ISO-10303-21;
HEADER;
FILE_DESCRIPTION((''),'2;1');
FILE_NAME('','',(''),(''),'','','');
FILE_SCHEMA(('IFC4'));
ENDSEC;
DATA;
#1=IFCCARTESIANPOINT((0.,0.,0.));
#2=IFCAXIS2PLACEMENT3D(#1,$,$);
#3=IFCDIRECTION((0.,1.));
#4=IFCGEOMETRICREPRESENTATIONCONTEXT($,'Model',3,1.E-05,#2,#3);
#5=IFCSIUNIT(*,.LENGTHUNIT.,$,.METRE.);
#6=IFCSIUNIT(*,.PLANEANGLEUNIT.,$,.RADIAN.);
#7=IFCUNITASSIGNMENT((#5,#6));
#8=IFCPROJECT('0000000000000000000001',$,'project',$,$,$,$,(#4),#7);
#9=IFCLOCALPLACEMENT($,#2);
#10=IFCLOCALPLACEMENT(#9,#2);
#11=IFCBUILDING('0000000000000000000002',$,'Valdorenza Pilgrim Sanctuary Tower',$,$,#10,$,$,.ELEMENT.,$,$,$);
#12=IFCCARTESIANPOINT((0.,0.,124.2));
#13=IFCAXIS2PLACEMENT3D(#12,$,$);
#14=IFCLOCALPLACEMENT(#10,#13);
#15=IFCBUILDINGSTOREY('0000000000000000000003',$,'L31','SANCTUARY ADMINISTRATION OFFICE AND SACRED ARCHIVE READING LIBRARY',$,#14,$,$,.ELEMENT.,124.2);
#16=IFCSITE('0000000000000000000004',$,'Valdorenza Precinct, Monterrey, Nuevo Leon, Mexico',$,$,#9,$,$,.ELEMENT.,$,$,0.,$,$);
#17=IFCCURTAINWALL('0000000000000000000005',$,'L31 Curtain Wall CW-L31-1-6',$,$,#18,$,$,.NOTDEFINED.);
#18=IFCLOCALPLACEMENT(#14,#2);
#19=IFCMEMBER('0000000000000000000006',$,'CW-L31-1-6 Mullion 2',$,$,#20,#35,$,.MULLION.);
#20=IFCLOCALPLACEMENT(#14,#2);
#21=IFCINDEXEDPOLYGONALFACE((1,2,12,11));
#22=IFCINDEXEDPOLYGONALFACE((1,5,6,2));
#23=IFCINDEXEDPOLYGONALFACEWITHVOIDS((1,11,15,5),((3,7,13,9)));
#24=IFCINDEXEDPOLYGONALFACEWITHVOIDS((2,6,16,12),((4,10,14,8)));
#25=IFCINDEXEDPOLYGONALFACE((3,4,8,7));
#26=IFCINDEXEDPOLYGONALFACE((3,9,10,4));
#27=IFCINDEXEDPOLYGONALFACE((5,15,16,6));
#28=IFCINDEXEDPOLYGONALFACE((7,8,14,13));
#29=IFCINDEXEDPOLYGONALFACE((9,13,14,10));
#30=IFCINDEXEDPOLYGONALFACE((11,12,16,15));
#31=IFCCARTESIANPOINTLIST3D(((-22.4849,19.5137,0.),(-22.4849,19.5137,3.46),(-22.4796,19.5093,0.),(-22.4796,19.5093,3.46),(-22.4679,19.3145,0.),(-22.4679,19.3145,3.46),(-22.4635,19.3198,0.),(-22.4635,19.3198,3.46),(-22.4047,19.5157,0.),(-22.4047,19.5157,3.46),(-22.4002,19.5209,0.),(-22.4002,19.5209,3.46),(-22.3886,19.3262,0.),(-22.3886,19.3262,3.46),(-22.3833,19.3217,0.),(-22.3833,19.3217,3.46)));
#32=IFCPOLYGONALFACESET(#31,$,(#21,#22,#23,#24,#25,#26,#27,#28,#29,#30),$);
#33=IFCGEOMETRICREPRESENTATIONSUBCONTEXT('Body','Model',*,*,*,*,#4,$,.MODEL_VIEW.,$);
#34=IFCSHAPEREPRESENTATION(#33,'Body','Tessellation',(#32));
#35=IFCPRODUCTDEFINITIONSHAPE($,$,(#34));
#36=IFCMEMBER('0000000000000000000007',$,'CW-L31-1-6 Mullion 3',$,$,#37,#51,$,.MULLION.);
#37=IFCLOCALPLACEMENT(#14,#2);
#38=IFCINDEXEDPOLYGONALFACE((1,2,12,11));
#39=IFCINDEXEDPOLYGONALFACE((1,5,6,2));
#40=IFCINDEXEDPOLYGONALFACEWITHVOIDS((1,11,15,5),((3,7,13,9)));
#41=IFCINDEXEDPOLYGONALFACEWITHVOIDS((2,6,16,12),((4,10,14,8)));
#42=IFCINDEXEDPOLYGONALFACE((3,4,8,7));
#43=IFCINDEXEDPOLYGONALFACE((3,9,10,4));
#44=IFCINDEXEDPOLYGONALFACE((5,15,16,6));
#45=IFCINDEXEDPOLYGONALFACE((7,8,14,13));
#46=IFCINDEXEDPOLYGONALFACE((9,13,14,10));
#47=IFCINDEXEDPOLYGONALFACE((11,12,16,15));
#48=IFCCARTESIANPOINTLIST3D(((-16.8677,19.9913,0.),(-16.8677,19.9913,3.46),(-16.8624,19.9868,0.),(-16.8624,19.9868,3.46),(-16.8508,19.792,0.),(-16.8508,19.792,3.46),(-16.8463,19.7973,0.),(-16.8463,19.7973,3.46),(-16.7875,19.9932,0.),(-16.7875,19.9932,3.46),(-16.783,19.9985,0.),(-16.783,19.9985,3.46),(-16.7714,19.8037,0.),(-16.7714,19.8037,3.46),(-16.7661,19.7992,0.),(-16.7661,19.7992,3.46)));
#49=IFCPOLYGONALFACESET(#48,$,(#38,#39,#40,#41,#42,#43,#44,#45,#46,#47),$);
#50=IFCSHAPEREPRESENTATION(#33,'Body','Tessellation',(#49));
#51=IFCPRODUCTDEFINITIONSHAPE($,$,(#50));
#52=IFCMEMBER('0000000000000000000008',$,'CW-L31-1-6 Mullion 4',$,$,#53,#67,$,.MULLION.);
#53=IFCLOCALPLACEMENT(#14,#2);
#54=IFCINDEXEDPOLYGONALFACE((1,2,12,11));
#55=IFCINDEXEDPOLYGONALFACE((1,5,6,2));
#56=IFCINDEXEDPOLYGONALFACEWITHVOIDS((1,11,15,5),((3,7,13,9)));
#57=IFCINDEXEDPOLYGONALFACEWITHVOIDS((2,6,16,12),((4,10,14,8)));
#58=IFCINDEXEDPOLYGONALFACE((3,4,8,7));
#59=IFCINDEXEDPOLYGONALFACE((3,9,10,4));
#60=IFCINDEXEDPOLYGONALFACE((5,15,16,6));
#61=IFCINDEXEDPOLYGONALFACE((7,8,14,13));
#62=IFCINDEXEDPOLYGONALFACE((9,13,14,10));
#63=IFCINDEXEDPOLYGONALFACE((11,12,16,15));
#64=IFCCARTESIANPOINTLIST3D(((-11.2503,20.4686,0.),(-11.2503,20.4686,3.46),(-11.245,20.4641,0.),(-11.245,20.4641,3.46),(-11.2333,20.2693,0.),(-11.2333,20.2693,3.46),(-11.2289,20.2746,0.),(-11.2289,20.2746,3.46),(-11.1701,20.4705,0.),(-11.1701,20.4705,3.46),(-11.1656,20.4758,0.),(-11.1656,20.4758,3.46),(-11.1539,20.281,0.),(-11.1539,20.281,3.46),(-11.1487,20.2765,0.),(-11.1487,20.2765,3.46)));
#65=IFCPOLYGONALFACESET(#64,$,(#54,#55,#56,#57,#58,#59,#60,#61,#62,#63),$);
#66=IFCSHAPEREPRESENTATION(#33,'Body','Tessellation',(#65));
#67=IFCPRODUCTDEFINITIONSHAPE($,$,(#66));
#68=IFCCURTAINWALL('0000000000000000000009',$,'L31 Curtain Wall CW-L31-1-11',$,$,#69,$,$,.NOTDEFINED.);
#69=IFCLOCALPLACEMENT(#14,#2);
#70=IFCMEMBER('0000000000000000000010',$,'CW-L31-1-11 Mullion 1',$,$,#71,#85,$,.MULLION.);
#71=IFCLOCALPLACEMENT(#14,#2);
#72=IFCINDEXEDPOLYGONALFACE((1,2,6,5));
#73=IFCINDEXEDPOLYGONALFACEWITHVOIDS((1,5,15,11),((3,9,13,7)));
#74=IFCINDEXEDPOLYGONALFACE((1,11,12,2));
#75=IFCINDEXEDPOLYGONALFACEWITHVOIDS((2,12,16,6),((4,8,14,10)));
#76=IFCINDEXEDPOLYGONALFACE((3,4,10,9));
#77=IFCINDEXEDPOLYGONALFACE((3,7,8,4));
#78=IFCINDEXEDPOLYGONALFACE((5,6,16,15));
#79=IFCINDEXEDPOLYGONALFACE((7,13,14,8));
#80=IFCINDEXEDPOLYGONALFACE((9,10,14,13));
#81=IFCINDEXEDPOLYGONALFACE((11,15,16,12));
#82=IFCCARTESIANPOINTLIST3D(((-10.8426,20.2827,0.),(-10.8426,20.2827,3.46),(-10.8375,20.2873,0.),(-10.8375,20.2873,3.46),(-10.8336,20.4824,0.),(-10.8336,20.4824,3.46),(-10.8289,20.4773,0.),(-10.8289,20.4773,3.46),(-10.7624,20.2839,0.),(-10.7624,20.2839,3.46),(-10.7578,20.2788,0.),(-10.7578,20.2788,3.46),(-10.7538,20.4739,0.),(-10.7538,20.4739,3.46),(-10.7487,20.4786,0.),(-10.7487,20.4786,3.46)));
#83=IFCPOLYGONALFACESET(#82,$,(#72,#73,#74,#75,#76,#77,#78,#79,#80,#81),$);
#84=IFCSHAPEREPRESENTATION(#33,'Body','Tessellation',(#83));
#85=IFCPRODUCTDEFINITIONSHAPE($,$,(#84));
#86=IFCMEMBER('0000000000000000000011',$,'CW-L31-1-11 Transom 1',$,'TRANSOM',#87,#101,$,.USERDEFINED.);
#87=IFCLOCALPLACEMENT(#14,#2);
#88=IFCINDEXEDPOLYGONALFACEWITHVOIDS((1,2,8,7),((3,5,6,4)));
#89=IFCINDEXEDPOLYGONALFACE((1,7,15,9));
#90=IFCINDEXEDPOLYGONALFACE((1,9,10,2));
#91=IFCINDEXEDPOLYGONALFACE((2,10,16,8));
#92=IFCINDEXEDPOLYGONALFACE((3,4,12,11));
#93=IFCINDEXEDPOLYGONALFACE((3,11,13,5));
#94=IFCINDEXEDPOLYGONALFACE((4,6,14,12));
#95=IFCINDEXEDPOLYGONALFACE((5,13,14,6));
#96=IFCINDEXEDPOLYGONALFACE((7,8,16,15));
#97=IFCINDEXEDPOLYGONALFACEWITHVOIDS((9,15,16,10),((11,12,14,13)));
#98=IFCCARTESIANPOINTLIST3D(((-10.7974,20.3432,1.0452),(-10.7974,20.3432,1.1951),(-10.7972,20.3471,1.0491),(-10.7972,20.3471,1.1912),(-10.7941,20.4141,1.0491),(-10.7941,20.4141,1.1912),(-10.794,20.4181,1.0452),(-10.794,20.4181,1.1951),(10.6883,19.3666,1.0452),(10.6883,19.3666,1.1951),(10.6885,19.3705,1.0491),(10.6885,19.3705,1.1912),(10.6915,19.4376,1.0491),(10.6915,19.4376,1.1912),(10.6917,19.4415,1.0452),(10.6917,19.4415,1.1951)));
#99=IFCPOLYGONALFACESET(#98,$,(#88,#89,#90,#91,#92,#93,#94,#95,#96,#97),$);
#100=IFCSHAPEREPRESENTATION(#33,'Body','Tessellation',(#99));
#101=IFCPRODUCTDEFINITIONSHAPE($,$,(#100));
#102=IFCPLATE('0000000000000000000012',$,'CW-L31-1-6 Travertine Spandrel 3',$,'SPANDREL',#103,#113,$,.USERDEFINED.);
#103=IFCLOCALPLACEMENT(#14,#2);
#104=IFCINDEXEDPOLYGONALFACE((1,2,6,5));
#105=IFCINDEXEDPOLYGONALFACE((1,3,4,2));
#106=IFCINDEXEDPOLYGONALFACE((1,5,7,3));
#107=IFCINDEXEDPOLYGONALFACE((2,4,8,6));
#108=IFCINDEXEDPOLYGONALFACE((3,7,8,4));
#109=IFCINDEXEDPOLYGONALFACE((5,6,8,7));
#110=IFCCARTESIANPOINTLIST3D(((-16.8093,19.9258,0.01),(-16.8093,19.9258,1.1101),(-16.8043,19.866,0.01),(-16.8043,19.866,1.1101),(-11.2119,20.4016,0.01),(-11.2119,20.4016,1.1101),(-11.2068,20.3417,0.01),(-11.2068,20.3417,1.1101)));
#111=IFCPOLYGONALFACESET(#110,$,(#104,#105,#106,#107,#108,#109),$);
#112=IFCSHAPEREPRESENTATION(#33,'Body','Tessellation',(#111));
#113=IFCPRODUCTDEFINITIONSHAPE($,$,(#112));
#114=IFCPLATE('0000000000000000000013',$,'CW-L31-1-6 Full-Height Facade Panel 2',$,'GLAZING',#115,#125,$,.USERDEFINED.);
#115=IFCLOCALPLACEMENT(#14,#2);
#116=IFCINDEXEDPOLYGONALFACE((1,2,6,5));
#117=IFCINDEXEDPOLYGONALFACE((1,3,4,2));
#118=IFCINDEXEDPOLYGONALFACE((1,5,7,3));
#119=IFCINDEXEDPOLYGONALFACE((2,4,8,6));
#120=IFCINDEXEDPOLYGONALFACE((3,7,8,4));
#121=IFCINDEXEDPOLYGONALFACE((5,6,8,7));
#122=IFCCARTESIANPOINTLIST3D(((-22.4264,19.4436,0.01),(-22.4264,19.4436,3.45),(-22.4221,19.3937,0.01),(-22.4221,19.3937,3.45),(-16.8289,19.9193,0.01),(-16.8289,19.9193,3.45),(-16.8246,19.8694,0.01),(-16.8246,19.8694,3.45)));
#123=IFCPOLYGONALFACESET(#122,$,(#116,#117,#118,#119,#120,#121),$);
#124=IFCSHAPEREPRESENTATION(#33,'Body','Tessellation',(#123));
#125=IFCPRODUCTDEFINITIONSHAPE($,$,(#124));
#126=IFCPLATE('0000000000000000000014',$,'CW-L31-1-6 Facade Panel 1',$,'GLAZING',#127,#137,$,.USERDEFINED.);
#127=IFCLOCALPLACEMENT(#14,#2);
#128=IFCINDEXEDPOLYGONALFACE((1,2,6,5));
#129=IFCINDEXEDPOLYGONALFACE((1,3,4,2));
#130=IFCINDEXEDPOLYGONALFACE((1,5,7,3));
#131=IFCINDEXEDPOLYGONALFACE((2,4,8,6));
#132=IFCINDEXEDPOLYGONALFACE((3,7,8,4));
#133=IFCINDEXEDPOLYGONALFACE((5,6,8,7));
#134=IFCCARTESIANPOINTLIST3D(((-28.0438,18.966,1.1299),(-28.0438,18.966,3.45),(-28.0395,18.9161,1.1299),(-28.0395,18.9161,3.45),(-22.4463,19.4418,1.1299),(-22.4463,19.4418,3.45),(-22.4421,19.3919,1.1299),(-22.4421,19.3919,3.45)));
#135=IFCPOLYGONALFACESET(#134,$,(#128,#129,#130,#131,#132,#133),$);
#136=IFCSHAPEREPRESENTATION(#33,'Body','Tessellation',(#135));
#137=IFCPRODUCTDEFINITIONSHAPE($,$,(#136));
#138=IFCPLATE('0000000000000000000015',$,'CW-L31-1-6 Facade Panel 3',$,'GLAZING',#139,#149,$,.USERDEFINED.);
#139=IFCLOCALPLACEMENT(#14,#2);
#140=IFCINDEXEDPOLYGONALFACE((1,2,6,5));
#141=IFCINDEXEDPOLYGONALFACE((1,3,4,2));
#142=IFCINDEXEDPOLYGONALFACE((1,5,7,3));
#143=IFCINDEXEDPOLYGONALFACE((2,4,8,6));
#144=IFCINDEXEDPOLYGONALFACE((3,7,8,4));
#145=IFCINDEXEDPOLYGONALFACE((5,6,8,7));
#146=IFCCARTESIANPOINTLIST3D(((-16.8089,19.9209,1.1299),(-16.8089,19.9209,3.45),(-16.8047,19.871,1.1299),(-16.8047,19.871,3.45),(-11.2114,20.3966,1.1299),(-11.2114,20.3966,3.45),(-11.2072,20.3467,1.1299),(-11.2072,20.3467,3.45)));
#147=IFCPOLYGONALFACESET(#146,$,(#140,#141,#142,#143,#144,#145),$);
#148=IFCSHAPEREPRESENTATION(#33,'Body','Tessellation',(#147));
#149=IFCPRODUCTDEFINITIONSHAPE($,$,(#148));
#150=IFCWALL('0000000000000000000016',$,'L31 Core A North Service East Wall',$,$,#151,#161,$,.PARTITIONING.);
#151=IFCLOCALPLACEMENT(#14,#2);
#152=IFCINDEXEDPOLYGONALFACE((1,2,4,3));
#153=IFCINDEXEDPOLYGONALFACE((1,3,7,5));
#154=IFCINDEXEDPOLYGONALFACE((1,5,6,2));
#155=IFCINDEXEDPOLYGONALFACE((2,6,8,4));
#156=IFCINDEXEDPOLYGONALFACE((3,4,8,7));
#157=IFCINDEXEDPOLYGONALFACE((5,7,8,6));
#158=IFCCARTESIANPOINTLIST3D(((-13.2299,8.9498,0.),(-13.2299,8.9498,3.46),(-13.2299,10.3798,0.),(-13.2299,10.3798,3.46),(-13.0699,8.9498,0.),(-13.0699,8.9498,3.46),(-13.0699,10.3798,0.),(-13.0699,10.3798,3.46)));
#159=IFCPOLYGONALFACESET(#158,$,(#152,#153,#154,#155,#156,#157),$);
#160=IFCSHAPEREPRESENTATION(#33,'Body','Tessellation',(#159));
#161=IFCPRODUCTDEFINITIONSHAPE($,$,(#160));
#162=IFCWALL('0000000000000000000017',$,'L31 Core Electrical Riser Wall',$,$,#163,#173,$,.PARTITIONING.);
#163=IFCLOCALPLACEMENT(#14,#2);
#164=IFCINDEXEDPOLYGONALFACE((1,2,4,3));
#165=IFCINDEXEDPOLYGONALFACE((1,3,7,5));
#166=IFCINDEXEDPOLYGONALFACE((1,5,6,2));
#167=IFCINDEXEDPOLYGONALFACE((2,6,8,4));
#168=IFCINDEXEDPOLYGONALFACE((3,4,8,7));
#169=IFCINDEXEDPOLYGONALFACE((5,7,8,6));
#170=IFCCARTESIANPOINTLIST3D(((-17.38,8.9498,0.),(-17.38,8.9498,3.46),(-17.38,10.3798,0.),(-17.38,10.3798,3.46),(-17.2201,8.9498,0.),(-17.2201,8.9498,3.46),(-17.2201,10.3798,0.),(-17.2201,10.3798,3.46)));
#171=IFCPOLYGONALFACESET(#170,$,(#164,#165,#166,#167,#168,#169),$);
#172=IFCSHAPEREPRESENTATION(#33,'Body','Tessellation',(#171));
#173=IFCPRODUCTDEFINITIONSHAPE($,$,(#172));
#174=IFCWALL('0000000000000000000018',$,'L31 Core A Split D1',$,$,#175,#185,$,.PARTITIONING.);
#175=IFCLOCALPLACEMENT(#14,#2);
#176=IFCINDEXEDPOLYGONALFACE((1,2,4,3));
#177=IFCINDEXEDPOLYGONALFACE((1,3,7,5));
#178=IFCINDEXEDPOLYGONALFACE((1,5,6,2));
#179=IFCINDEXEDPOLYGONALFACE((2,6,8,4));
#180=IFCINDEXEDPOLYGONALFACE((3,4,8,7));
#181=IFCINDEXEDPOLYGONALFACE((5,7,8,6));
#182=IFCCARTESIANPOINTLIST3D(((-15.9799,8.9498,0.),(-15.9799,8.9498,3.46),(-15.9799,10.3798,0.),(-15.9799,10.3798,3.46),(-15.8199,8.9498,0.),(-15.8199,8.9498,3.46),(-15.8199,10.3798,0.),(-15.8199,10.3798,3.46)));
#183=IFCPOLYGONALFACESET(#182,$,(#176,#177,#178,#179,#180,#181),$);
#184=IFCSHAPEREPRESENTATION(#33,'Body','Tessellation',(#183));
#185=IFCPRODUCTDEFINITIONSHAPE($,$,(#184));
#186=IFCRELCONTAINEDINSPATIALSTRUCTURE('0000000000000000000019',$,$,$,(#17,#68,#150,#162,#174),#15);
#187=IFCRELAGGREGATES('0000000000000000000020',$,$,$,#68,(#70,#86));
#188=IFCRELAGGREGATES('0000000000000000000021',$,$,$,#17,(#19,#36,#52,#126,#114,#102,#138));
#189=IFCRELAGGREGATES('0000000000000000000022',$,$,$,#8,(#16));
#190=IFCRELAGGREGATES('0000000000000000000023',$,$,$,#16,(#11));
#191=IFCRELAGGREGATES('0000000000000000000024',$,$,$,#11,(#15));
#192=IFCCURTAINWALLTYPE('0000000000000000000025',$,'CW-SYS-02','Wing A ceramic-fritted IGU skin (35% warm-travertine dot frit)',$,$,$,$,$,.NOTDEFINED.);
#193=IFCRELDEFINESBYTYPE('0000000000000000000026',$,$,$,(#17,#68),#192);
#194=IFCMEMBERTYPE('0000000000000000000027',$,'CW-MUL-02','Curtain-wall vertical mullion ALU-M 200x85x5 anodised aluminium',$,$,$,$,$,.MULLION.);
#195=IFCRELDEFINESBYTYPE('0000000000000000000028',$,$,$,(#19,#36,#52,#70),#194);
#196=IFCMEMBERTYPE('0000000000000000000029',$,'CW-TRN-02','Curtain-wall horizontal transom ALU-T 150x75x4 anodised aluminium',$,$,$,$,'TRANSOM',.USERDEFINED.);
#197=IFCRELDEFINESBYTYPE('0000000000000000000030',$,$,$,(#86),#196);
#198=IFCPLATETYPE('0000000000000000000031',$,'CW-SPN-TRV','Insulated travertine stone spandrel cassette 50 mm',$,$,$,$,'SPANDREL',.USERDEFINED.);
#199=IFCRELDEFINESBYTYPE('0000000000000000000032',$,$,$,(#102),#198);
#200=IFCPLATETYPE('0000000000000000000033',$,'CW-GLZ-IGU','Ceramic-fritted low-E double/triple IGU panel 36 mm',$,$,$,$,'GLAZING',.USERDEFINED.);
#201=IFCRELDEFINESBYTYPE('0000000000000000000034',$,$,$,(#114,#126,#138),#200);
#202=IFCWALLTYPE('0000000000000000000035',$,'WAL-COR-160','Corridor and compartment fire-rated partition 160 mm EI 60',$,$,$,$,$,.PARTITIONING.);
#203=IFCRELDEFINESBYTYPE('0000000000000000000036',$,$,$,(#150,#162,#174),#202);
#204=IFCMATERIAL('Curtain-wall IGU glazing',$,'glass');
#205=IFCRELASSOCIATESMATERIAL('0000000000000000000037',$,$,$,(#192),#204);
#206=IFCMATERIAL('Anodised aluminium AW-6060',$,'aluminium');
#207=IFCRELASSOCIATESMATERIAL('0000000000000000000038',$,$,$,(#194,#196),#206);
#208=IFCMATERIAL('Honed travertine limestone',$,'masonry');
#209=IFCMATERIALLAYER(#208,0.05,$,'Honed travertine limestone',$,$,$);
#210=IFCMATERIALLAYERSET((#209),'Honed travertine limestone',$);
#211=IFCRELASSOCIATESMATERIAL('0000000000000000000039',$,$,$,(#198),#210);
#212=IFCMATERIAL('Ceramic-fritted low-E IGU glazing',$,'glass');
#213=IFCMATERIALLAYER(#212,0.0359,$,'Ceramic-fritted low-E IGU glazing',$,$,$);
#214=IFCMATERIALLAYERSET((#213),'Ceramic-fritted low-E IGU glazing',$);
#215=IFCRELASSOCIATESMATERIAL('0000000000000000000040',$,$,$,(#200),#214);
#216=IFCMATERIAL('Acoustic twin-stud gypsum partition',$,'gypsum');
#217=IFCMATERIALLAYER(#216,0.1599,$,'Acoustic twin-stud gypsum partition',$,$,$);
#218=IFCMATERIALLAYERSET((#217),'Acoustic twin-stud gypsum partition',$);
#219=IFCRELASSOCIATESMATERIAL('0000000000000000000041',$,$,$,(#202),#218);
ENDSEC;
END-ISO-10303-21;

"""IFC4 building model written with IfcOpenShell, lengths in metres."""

from ifc_helpers import new_model, si_unit, direction, frame, frame_2d, origin, origin_2d, place, context, subcontext, project, spatial, rectangle, hollow_rectangle, extrude, source, transform, mapped, material, layer, layer_set, material_profile, profile_set, type_object, element, aggregate, save


model = new_model("IFC4")

# Units and contexts
model_context = context("Model", 3, precision=1e-05, world=origin(), true_north=direction((0.0, 1.0)))
body_context = subcontext(model_context, "Body", "Model", "MODEL_VIEW")
ifc_project = project(units=[si_unit("LENGTHUNIT", "METRE"), si_unit("PLANEANGLEUNIT", "RADIAN")], contexts=[model_context])

# Site, building, storey
site_placement = place(None, origin())
site = spatial("IfcSite", under=ifc_project, at=site_placement, Name="Valdorenza Precinct, Monterrey, Nuevo Leon, Mexico", CompositionType="ELEMENT", RefElevation=0.0)
building_placement = place(site_placement, origin())
building = spatial("IfcBuilding", under=site, at=building_placement, Name="Valdorenza Pilgrim Sanctuary Tower", CompositionType="ELEMENT")
storey_placement = place(building_placement, frame((0.0, 0.0, 124.2)))
storey = spatial("IfcBuildingStorey", under=building, at=storey_placement, Name="L31", Description="SANCTUARY ADMINISTRATION OFFICE AND SACRED ARCHIVE READING LIBRARY", CompositionType="ELEMENT", Elevation=124.2)

# Curtain walls, members
ifc_material_1 = material(Name="Curtain-wall IGU glazing", Category="glass")
curtain_wall_type = type_object("IfcCurtainWallType", Name="CW-SYS-02", Description="Wing A ceramic-fritted IGU skin (35% warm-travertine dot frit)", PredefinedType="NOTDEFINED", material=ifc_material_1)
curtain_wall_1_placement = place(storey_placement, origin())
curtain_wall_1 = element("IfcCurtainWall", 1, at=curtain_wall_1_placement, inside=storey, type_object=curtain_wall_type, Name="L31 Curtain Wall CW-L31-1-6", PredefinedType="NOTDEFINED")
ifc_material_2 = material(Name="Anodised aluminium AW-6060", Category="aluminium")
ifc_material_profile_1 = material_profile(ifc_material_2, hollow_rectangle(XDim=0.085, YDim=0.2, WallThickness=0.0049, at=origin_2d()), Name="ALU-M 200x85x5")
ifc_profile_set_1 = profile_set([ifc_material_profile_1], Name="Anodised aluminium AW-6060")
member_type_1 = type_object("IfcMemberType", Name="CW-MUL-02", Description="Curtain-wall vertical mullion ALU-M 200x85x5 anodised aluminium", PredefinedType="MULLION", material=ifc_profile_set_1)
shared_shape_1 = source(origin(), body_context, "Body", "SweptSolid", [
    extrude(hollow_rectangle(XDim=0.085, YDim=0.2, WallThickness=0.0049, at=origin_2d()), origin(), (0.0, 0.0, 1.0), 3.46),
])
member_1_placement = place(storey_placement, frame((-22.4341, 19.4177, 0.0), z_axis=(0.0, 0.0, 1.0), x_axis=(0.996408, 0.084687, 0.0)))
member_1 = element("IfcMember", 2, at=member_1_placement, type_object=member_type_1, Name="CW-L31-1-6 Mullion 2", PredefinedType="MULLION", context=body_context, shape_type="MappedRepresentation", body=[
    mapped(shared_shape_1, transform((0.0, 0.0, 0.0), x_axis=(1.0, 0.0, 0.0), y_axis=(0.0, 1.0, 0.0), z_axis=(0.0, 0.0, 1.0), scale=1.0)),
])
member_2_placement = place(storey_placement, frame((-16.8169, 19.8953, 0.0), z_axis=(0.0, 0.0, 1.0), x_axis=(0.996408, 0.084687, 0.0)))
member_2 = element("IfcMember", 3, at=member_2_placement, type_object=member_type_1, Name="CW-L31-1-6 Mullion 3", PredefinedType="MULLION", context=body_context, shape_type="MappedRepresentation", body=[
    mapped(shared_shape_1, transform((0.0, 0.0, 0.0), x_axis=(1.0, 0.0, 0.0), y_axis=(0.0, 1.0, 0.0), z_axis=(0.0, 0.0, 1.0), scale=1.0)),
])
member_3_placement = place(storey_placement, frame((-11.1995, 20.3726, 0.0), z_axis=(0.0, 0.0, 1.0), x_axis=(0.996408, 0.084687, 0.0)))
member_3 = element("IfcMember", 4, at=member_3_placement, type_object=member_type_1, Name="CW-L31-1-6 Mullion 4", PredefinedType="MULLION", context=body_context, shape_type="MappedRepresentation", body=[
    mapped(shared_shape_1, transform((0.0, 0.0, 0.0), x_axis=(1.0, 0.0, 0.0), y_axis=(0.0, 1.0, 0.0), z_axis=(0.0, 0.0, 1.0), scale=1.0)),
])
curtain_wall_2_placement = place(storey_placement, origin())
curtain_wall_2 = element("IfcCurtainWall", 5, at=curtain_wall_2_placement, inside=storey, type_object=curtain_wall_type, Name="L31 Curtain Wall CW-L31-1-11", PredefinedType="NOTDEFINED")
member_4_placement = place(storey_placement, frame((-10.7957, 20.3806, 0.0), z_axis=(0.0, 0.0, 1.0), x_axis=(0.998968, -0.045415, 0.0)))
member_4 = element("IfcMember", 6, at=member_4_placement, type_object=member_type_1, Name="CW-L31-1-11 Mullion 1", PredefinedType="MULLION", context=body_context, shape_type="MappedRepresentation", body=[
    mapped(shared_shape_1, transform((0.0, 0.0, 0.0), x_axis=(1.0, 0.0, 0.0), y_axis=(0.0, 1.0, 0.0), z_axis=(0.0, 0.0, 1.0), scale=1.0)),
])
ifc_material_profile_2 = material_profile(ifc_material_2, hollow_rectangle(XDim=0.075, YDim=0.1499, WallThickness=0.0039, at=origin_2d()), Name="ALU-T 150x75x4")
ifc_profile_set_2 = profile_set([ifc_material_profile_2], Name="Anodised aluminium AW-6060")
member_type_2 = type_object("IfcMemberType", Name="CW-TRN-02", Description="Curtain-wall horizontal transom ALU-T 150x75x4 anodised aluminium", ElementType="TRANSOM", PredefinedType="USERDEFINED", material=ifc_profile_set_2)
shared_shape_2 = source(origin(), body_context, "Body", "SweptSolid", [
    extrude(hollow_rectangle(XDim=0.075, YDim=0.1499, WallThickness=0.0039, at=origin_2d()), origin(), (0.0, 0.0, 1.0), 21.5078),
])
member_5_placement = place(storey_placement, frame((-10.7957, 20.3806, 1.1201), z_axis=(0.998969, -0.045405, 0.0), x_axis=(0.045405, 0.998969, 0.0)))
member_5 = element("IfcMember", 7, at=member_5_placement, type_object=member_type_2, Name="CW-L31-1-11 Transom 1", ObjectType="TRANSOM", PredefinedType="USERDEFINED", context=body_context, shape_type="MappedRepresentation", body=[
    mapped(shared_shape_2, transform((0.0, 0.0, 0.0), x_axis=(1.0, 0.0, 0.0), y_axis=(0.0, 1.0, 0.0), z_axis=(0.0, 0.0, 1.0), scale=1.0)),
])
aggregate(curtain_wall_2, [member_4, member_5])

# Plates
ifc_material_3 = material(Name="Honed travertine limestone", Category="masonry")
ifc_layer_1 = layer(ifc_material_3, 0.05, Name="Honed travertine limestone")
ifc_layer_set_1 = layer_set([ifc_layer_1], Name="Honed travertine limestone")
plate_type_1 = type_object("IfcPlateType", Name="CW-SPN-TRV", Description="Insulated travertine stone spandrel cassette 50 mm", ElementType="SPANDREL", PredefinedType="USERDEFINED", material=ifc_layer_set_1)
shared_shape_3 = source(origin(), body_context, "Body", "SweptSolid", [
    extrude(rectangle(XDim=5.6177, YDim=0.0601, at=origin_2d()), origin(), (0.0, 0.0, 1.0), 1.1001),
])
plate_1_placement = place(storey_placement, frame((-14.0081, 20.1338, 0.01), z_axis=(0.0, 0.0, 1.0), x_axis=(0.996408, 0.084687, 0.0)))
plate_1 = element("IfcPlate", 8, at=plate_1_placement, type_object=plate_type_1, Name="CW-L31-1-6 Travertine Spandrel 3", ObjectType="SPANDREL", PredefinedType="USERDEFINED", context=body_context, shape_type="MappedRepresentation", body=[
    mapped(shared_shape_3, transform((0.0, 0.0, 0.0), x_axis=(1.0, 0.0, 0.0), y_axis=(0.0, 1.0, 0.0), z_axis=(0.0, 0.0, 1.0), scale=1.0)),
])
ifc_material_4 = material(Name="Ceramic-fritted low-E IGU glazing", Category="glass")
ifc_layer_2 = layer(ifc_material_4, 0.0359, Name="Ceramic-fritted low-E IGU glazing")
ifc_layer_set_2 = layer_set([ifc_layer_2], Name="Ceramic-fritted low-E IGU glazing")
plate_type_2 = type_object("IfcPlateType", Name="CW-GLZ-IGU", Description="Ceramic-fritted low-E double/triple IGU panel 36 mm", ElementType="GLAZING", PredefinedType="USERDEFINED", material=ifc_layer_set_2)
shared_shape_4 = source(origin(), body_context, "Body", "SweptSolid", [
    extrude(rectangle(XDim=5.6177, YDim=0.05, at=origin_2d()), origin(), (0.0, 0.0, 1.0), 3.4399),
])
plate_2_placement = place(storey_placement, frame((-19.6255, 19.6565, 0.01), z_axis=(0.0, 0.0, 1.0), x_axis=(0.996408, 0.084687, 0.0)))
plate_2 = element("IfcPlate", 9, at=plate_2_placement, type_object=plate_type_2, Name="CW-L31-1-6 Full-Height Facade Panel 2", ObjectType="GLAZING", PredefinedType="USERDEFINED", context=body_context, shape_type="MappedRepresentation", body=[
    mapped(shared_shape_4, transform((0.0, 0.0, 0.0), x_axis=(1.0, 0.0, 0.0), y_axis=(0.0, 1.0, 0.0), z_axis=(0.0, 0.0, 1.0), scale=1.0)),
])
shared_shape_5 = source(origin(), body_context, "Body", "SweptSolid", [
    extrude(rectangle(XDim=5.6177, YDim=0.05, at=origin_2d()), origin(), (0.0, 0.0, 1.0), 2.3201),
])
plate_3_placement = place(storey_placement, frame((-25.2429, 19.179, 1.1299), z_axis=(0.0, 0.0, 1.0), x_axis=(0.996408, 0.084687, 0.0)))
plate_3 = element("IfcPlate", 10, at=plate_3_placement, type_object=plate_type_2, Name="CW-L31-1-6 Facade Panel 1", ObjectType="GLAZING", PredefinedType="USERDEFINED", context=body_context, shape_type="MappedRepresentation", body=[
    mapped(shared_shape_5, transform((0.0, 0.0, 0.0), x_axis=(1.0, 0.0, 0.0), y_axis=(0.0, 1.0, 0.0), z_axis=(0.0, 0.0, 1.0), scale=1.0)),
])
plate_4_placement = place(storey_placement, frame((-14.0081, 20.1338, 1.1299), z_axis=(0.0, 0.0, 1.0), x_axis=(0.996408, 0.084687, 0.0)))
plate_4 = element("IfcPlate", 11, at=plate_4_placement, type_object=plate_type_2, Name="CW-L31-1-6 Facade Panel 3", ObjectType="GLAZING", PredefinedType="USERDEFINED", context=body_context, shape_type="MappedRepresentation", body=[
    mapped(shared_shape_5, transform((0.0, 0.0, 0.0), x_axis=(1.0, 0.0, 0.0), y_axis=(0.0, 1.0, 0.0), z_axis=(0.0, 0.0, 1.0), scale=1.0)),
])
aggregate(curtain_wall_1, [member_1, member_2, member_3, plate_3, plate_2, plate_1, plate_4])

# Walls
ifc_material_5 = material(Name="Acoustic twin-stud gypsum partition", Category="gypsum")
ifc_layer_3 = layer(ifc_material_5, 0.1599, Name="Acoustic twin-stud gypsum partition")
ifc_layer_set_3 = layer_set([ifc_layer_3], Name="Acoustic twin-stud gypsum partition")
wall_type_1 = type_object("IfcWallType", Name="WAL-COR-160", Description="Corridor and compartment fire-rated partition 160 mm EI 60", PredefinedType="PARTITIONING", material=ifc_layer_set_3)
for number, where, z_axis, x_axis, name in (
    (12, (-13.1499, 8.95, 0.0), (0.0, 0.0, 1.0), (0.0, 1.0, 0.0), "L31 Core A North Service East Wall"),
    (13, (-17.3, 8.95, 0.0), (0.0, 0.0, 1.0), (0.0, 1.0, 0.0), "L31 Core Electrical Riser Wall"),
    (14, (-15.8999, 8.95, 0.0), (0.0, 0.0, 1.0), (0.0, 1.0, 0.0), "L31 Core A Split D1"),
):
    element("IfcWall", number, at=place(storey_placement, frame(where, z_axis=z_axis, x_axis=x_axis)), inside=storey, type_object=wall_type_1, Name=name, PredefinedType="PARTITIONING", context=body_context, shape_type="SweptSolid", body=[
        extrude(rectangle(XDim=1.4299, YDim=0.1599, at=frame_2d((0.7148, 0.0))), origin(), (0.0, 0.0, 1.0), 3.46),
    ])

save(model, "model.ifc")
